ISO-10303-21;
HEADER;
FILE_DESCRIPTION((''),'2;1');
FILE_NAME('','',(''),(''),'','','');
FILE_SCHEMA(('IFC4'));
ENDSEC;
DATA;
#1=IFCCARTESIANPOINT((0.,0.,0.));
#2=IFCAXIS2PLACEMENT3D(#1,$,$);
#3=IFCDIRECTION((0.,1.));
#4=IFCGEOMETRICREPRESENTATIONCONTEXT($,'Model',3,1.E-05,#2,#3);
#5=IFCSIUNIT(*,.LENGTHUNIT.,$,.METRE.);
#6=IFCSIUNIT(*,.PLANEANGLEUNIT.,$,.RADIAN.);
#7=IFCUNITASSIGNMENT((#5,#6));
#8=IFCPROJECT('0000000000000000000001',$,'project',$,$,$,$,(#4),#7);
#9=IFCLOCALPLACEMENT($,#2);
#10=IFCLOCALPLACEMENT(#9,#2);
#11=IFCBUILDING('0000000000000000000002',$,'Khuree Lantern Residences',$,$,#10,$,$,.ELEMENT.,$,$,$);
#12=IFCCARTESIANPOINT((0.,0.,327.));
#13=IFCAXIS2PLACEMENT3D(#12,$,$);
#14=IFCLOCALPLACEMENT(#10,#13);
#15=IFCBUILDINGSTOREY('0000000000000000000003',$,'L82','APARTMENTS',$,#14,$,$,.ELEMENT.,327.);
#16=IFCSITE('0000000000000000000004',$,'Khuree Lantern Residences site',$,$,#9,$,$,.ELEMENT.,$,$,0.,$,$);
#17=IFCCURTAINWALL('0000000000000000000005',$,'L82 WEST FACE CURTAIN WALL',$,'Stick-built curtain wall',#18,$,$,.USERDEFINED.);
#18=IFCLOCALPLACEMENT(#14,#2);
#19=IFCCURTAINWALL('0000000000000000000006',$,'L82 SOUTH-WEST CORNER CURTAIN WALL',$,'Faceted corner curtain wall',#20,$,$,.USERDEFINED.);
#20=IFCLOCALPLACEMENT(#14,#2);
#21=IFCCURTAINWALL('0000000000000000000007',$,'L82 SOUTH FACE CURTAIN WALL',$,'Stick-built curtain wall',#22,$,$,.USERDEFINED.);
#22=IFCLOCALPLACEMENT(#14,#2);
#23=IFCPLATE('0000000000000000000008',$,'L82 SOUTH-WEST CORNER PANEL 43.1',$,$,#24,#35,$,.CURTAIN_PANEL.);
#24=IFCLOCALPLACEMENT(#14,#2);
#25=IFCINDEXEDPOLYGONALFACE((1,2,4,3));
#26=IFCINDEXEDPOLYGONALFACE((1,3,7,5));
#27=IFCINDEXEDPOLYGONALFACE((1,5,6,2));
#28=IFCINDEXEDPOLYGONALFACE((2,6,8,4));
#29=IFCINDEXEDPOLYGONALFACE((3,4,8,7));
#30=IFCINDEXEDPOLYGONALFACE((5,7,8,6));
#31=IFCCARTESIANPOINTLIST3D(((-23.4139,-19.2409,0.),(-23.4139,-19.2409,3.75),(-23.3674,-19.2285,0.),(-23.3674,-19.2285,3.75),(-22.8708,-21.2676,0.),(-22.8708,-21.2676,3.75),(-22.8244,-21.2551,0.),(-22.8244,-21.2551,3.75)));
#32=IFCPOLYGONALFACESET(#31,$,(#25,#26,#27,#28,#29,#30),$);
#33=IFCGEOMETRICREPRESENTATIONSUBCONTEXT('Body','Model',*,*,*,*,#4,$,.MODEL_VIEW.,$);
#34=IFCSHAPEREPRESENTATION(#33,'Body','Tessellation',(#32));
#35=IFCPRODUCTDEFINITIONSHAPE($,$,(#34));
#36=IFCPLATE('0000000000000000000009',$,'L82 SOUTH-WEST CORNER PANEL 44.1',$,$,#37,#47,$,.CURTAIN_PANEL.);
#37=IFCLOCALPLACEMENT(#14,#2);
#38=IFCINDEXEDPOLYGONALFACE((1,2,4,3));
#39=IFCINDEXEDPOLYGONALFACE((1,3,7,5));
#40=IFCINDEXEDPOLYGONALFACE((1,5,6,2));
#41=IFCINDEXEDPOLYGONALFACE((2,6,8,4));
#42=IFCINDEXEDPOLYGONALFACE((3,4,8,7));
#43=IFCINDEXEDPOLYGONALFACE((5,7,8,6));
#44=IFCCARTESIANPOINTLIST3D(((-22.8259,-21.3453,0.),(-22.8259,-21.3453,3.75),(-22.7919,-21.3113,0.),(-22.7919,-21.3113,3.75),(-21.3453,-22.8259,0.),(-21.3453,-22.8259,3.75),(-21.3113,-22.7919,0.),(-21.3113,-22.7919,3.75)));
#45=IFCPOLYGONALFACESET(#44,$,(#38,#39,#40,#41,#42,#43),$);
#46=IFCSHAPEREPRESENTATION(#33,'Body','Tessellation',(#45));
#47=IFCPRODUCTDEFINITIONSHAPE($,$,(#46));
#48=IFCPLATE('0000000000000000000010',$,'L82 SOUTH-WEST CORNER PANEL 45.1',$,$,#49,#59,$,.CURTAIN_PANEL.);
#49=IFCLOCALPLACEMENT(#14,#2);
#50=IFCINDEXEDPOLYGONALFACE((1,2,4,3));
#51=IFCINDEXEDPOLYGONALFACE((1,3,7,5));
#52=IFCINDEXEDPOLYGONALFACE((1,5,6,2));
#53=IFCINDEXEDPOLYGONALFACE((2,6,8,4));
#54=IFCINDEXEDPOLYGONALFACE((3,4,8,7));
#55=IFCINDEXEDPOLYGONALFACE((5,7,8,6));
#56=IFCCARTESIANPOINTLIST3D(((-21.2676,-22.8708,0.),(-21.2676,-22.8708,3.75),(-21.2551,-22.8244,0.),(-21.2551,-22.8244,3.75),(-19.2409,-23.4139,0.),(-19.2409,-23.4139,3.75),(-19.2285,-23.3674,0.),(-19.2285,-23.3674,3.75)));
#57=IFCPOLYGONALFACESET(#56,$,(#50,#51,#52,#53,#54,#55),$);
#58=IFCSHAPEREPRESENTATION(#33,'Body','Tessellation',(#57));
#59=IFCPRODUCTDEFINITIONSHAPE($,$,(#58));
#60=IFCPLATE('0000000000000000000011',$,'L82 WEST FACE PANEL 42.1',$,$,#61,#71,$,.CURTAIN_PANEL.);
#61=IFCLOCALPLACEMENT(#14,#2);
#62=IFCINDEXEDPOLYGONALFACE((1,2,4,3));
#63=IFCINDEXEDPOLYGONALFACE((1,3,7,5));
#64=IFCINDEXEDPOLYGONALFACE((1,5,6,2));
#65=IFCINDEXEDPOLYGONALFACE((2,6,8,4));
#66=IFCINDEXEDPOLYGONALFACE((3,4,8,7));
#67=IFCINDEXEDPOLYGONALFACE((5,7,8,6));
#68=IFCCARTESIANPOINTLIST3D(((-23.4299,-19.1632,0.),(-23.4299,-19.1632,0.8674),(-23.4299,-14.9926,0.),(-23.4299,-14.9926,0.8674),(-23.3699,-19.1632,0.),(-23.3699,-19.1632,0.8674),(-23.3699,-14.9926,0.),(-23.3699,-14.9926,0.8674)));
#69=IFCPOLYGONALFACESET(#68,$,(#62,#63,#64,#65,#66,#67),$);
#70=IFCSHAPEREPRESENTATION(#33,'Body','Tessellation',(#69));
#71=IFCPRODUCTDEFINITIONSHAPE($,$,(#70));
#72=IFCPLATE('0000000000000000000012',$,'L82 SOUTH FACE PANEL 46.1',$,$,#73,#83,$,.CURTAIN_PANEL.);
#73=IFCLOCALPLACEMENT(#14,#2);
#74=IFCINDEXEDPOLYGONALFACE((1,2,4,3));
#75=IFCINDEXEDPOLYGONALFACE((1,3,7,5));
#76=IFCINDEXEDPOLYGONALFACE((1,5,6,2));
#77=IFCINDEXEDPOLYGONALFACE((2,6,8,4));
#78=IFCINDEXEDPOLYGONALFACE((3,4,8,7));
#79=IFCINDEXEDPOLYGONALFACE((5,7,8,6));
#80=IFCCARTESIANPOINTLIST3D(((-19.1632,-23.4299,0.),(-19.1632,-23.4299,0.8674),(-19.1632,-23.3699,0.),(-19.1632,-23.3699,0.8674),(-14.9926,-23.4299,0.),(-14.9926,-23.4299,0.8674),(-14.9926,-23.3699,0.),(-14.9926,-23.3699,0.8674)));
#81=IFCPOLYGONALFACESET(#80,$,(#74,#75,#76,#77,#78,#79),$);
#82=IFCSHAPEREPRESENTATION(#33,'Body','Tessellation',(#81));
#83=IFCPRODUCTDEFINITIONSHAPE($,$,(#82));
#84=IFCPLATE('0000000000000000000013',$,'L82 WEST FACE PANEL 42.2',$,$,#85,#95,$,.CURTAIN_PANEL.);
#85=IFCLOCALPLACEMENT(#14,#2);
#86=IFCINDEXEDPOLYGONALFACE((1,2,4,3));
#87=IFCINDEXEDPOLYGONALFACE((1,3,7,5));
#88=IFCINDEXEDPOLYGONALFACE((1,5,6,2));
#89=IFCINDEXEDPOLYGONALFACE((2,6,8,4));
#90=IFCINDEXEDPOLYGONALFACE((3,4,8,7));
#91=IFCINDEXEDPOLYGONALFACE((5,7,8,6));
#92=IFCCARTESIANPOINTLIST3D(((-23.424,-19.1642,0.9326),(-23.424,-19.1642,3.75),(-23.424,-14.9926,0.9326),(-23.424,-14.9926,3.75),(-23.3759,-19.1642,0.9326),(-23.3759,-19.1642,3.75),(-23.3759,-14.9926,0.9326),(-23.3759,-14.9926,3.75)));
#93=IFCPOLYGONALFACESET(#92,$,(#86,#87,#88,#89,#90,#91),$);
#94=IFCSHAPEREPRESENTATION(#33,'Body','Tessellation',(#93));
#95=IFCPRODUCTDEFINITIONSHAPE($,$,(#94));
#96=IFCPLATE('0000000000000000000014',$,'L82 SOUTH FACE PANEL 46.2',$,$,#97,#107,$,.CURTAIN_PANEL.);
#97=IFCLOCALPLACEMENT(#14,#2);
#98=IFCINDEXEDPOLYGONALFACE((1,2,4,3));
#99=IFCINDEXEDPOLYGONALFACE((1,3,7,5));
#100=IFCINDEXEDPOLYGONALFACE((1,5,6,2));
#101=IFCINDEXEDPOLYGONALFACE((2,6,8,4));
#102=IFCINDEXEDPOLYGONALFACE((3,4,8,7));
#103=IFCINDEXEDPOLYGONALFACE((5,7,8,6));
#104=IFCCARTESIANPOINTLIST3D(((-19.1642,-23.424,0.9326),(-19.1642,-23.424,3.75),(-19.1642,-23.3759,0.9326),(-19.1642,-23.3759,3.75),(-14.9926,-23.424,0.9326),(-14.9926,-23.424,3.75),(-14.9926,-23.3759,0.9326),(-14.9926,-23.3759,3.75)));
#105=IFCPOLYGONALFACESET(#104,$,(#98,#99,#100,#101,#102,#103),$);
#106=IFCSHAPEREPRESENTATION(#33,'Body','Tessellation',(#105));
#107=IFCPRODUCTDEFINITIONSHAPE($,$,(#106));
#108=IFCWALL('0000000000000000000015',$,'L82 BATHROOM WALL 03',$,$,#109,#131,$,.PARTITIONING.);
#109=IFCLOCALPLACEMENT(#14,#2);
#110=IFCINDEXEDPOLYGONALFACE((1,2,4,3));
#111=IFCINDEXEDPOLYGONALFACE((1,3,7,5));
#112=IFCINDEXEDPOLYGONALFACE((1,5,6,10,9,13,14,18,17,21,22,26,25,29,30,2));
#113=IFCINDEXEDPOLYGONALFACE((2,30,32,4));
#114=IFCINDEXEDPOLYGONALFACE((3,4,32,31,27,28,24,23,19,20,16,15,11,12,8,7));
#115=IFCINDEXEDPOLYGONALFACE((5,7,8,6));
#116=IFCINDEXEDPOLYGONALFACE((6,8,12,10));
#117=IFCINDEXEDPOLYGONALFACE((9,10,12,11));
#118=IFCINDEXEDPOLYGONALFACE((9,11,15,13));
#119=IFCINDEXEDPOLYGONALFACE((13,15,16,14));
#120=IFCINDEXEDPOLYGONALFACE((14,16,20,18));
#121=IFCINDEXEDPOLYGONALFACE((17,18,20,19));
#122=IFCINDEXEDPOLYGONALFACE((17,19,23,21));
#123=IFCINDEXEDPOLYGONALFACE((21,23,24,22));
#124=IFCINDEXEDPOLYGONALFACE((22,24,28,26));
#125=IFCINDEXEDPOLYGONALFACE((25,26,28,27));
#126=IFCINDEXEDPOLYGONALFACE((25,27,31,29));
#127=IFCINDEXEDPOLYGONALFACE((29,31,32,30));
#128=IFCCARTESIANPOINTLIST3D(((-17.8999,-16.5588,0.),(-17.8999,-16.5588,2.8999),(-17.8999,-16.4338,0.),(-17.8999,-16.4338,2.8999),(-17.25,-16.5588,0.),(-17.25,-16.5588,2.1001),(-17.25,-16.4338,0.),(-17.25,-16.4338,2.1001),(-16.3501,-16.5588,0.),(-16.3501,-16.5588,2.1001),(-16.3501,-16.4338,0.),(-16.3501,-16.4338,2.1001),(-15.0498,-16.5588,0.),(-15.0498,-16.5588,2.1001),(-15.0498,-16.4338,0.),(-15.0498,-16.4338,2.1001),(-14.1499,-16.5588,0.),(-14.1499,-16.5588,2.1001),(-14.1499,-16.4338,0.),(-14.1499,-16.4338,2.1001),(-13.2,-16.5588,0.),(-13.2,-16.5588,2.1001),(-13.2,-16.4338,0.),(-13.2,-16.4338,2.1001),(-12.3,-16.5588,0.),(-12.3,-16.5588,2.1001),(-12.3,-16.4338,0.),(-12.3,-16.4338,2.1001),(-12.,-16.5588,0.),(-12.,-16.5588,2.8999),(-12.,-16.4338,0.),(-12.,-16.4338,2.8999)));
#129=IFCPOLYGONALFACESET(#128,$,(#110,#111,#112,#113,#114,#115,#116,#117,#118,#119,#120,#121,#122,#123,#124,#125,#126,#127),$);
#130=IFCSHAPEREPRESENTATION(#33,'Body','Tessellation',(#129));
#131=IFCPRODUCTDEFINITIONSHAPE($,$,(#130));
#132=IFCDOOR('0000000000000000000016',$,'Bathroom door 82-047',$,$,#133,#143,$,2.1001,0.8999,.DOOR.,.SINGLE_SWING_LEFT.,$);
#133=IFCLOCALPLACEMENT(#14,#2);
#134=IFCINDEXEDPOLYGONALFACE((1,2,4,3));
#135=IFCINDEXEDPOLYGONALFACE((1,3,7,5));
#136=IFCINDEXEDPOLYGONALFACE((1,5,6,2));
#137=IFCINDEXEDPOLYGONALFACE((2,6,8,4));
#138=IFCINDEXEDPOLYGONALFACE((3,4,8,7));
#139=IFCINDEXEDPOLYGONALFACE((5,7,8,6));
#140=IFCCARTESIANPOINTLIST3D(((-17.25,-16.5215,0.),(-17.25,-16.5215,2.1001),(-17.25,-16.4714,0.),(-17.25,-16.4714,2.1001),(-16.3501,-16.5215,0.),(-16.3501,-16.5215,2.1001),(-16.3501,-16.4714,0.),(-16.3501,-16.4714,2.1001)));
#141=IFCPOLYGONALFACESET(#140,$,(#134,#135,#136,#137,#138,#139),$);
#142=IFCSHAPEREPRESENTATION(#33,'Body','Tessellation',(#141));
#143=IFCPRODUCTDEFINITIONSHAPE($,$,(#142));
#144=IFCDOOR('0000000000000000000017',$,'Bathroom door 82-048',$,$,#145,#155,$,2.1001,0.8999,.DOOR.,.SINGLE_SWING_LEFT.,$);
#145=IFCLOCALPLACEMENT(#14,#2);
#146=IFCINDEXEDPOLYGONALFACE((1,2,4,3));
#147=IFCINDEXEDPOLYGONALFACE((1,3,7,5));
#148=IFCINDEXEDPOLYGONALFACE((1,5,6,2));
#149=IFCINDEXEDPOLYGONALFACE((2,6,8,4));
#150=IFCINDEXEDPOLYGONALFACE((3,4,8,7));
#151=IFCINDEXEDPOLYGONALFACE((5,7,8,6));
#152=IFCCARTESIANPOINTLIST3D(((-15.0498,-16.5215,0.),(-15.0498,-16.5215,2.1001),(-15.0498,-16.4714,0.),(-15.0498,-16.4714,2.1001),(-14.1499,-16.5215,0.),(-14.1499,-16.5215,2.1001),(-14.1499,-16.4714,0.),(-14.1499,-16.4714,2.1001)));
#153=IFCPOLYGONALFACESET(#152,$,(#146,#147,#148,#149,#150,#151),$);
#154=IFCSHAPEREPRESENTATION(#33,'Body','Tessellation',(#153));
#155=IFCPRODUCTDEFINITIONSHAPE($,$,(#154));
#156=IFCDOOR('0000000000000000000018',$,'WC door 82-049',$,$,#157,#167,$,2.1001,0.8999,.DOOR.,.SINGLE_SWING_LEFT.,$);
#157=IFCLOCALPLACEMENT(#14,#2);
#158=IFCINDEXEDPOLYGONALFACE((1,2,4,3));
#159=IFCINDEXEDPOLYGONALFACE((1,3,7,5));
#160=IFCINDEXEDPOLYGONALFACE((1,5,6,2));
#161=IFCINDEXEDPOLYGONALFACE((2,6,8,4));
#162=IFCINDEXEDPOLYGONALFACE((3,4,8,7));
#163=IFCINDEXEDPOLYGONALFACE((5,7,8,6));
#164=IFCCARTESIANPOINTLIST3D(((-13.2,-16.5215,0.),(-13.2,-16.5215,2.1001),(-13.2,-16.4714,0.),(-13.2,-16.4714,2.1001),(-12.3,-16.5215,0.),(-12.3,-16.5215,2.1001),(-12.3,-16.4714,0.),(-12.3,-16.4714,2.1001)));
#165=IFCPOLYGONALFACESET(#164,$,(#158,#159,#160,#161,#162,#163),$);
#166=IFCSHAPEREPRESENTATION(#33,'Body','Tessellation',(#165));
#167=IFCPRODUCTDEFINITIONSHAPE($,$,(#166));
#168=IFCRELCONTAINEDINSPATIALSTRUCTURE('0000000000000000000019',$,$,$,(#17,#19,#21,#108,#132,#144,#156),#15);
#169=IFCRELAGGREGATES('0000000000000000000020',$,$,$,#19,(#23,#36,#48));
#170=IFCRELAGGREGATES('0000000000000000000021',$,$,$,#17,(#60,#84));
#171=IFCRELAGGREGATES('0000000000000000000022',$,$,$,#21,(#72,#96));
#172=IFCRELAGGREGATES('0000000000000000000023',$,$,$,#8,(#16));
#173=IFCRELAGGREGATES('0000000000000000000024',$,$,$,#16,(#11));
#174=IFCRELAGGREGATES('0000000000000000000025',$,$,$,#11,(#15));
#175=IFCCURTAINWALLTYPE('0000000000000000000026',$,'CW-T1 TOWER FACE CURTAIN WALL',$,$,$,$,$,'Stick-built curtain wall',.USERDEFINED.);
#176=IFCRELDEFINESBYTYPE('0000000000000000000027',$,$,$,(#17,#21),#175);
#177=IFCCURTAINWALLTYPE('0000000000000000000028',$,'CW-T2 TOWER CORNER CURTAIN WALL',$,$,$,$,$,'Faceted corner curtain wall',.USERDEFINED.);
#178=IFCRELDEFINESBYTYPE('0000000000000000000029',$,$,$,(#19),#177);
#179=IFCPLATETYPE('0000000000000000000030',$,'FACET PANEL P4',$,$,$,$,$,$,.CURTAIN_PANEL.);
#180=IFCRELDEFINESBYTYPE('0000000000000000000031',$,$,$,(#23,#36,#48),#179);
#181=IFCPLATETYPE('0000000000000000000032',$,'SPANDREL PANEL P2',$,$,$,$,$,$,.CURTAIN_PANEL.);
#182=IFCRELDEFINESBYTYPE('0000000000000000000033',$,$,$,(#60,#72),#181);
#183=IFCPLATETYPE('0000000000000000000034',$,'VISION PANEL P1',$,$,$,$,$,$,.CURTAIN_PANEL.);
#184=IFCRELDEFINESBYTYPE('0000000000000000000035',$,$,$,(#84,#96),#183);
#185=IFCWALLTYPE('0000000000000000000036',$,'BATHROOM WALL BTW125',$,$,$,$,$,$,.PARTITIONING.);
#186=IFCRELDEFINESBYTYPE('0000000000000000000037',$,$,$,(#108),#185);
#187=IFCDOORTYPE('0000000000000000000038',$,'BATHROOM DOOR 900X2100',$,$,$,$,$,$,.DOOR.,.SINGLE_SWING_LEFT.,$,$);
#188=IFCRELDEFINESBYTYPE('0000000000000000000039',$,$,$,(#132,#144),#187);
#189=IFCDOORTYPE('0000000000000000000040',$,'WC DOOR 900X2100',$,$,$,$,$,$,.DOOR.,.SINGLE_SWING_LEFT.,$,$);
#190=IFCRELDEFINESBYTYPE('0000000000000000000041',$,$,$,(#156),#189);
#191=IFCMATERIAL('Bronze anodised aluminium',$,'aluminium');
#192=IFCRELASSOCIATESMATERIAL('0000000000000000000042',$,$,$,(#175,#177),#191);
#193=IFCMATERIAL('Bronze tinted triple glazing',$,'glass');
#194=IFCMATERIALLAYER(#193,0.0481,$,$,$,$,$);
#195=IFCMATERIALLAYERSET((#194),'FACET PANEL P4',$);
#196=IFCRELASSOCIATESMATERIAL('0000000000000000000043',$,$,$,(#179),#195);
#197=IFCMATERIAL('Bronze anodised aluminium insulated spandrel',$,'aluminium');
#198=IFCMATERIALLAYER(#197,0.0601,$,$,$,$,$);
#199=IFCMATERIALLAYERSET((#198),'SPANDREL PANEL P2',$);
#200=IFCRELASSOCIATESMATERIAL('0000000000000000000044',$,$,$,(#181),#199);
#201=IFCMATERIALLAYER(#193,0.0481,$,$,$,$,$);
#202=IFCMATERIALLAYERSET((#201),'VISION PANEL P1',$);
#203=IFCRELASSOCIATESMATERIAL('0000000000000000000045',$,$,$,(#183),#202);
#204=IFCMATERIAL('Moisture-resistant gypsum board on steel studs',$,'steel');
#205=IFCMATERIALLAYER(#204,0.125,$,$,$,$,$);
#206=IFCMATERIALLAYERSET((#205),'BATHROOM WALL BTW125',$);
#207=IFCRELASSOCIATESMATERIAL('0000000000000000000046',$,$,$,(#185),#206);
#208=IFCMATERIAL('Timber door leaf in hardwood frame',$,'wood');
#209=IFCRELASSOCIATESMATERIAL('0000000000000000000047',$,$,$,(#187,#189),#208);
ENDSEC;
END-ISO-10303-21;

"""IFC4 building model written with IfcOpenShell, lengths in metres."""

from ifc_helpers import new_model, si_unit, direction, frame, frame_2d, origin, origin_2d, place, context, subcontext, project, spatial, rectangle, extrude, material, layer, layer_set, type_object, element, fill, aggregate, save


model = new_model("IFC4")

# Units and contexts
model_context = context("Model", 3, precision=1e-05, world=origin(), true_north=direction((0.0, 1.0)))
body_context = subcontext(model_context, "Body", "Model", "MODEL_VIEW")
ifc_project = project(units=[si_unit("LENGTHUNIT", "METRE"), si_unit("PLANEANGLEUNIT", "RADIAN")], contexts=[model_context])

# Site, building, storey
site_placement = place(None, origin())
site = spatial("IfcSite", under=ifc_project, at=site_placement, Name="Khuree Lantern Residences site", CompositionType="ELEMENT", RefElevation=0.0)
building_placement = place(site_placement, origin())
building = spatial("IfcBuilding", under=site, at=building_placement, Name="Khuree Lantern Residences", CompositionType="ELEMENT")
storey_placement = place(building_placement, frame((0.0, 0.0, 327.0)))
storey = spatial("IfcBuildingStorey", under=building, at=storey_placement, Name="L82", Description="APARTMENTS", CompositionType="ELEMENT", Elevation=327.0)

# Curtain walls
ifc_material_1 = material(Name="Bronze anodised aluminium", Category="aluminium")
curtain_wall_type_1 = type_object("IfcCurtainWallType", Name="CW-T1 TOWER FACE CURTAIN WALL", ElementType="Stick-built curtain wall", PredefinedType="USERDEFINED", material=ifc_material_1)
curtain_wall_1_placement = place(storey_placement, origin())
curtain_wall_1 = element("IfcCurtainWall", 1, at=curtain_wall_1_placement, inside=storey, type_object=curtain_wall_type_1, Name="L82 WEST FACE CURTAIN WALL", ObjectType="Stick-built curtain wall", PredefinedType="USERDEFINED")
curtain_wall_type_2 = type_object("IfcCurtainWallType", Name="CW-T2 TOWER CORNER CURTAIN WALL", ElementType="Faceted corner curtain wall", PredefinedType="USERDEFINED", material=ifc_material_1)
curtain_wall_2_placement = place(storey_placement, origin())
curtain_wall_2 = element("IfcCurtainWall", 2, at=curtain_wall_2_placement, inside=storey, type_object=curtain_wall_type_2, Name="L82 SOUTH-WEST CORNER CURTAIN WALL", ObjectType="Faceted corner curtain wall", PredefinedType="USERDEFINED")

# Curtain wall
curtain_wall_3_placement = place(storey_placement, origin())
curtain_wall_3 = element("IfcCurtainWall", 3, at=curtain_wall_3_placement, inside=storey, type_object=curtain_wall_type_1, Name="L82 SOUTH FACE CURTAIN WALL", ObjectType="Stick-built curtain wall", PredefinedType="USERDEFINED")

# Plates
ifc_material_2 = material(Name="Bronze tinted triple glazing", Category="glass")
ifc_layer_1 = layer(ifc_material_2, 0.0481)
ifc_layer_set_1 = layer_set([ifc_layer_1], Name="FACET PANEL P4")
plate_type_1 = type_object("IfcPlateType", Name="FACET PANEL P4", PredefinedType="CURTAIN_PANEL", material=ifc_layer_set_1)
plate_1_placement = place(storey_placement, frame((-23.1191, -20.248, 0.0), z_axis=(0.0, 0.0, 1.0), x_axis=(0.258819, -0.965926, 0.0)))
plate_1 = element("IfcPlate", 4, at=plate_1_placement, type_object=plate_type_1, Name="L82 SOUTH-WEST CORNER PANEL 43.1", PredefinedType="CURTAIN_PANEL", context=body_context, shape_type="SweptSolid", body=[
    extrude(rectangle(XDim=2.0981, YDim=0.0481, at=origin_2d()), origin(), (0.0, 0.0, 1.0), 3.75),
])
plate_2_placement = place(storey_placement, frame((-22.0686, -22.0686, 0.0), z_axis=(0.0, 0.0, 1.0), x_axis=(0.707107, -0.707107, 0.0)))
plate_2 = element("IfcPlate", 5, at=plate_2_placement, type_object=plate_type_1, Name="L82 SOUTH-WEST CORNER PANEL 44.1", PredefinedType="CURTAIN_PANEL", context=body_context, shape_type="SweptSolid", body=[
    extrude(rectangle(XDim=2.094, YDim=0.0481, at=origin_2d()), origin(), (0.0, 0.0, 1.0), 3.75),
])
plate_3_placement = place(storey_placement, frame((-20.248, -23.1191, 0.0), z_axis=(0.0, 0.0, 1.0), x_axis=(0.965926, -0.258819, 0.0)))
plate_3 = element("IfcPlate", 6, at=plate_3_placement, type_object=plate_type_1, Name="L82 SOUTH-WEST CORNER PANEL 45.1", PredefinedType="CURTAIN_PANEL", context=body_context, shape_type="SweptSolid", body=[
    extrude(rectangle(XDim=2.0981, YDim=0.0481, at=origin_2d()), origin(), (0.0, 0.0, 1.0), 3.75),
])
aggregate(curtain_wall_2, [plate_1, plate_2, plate_3])
ifc_material_3 = material(Name="Bronze anodised aluminium insulated spandrel", Category="aluminium")
ifc_layer_2 = layer(ifc_material_3, 0.0601)
ifc_layer_set_2 = layer_set([ifc_layer_2], Name="SPANDREL PANEL P2")
plate_type_2 = type_object("IfcPlateType", Name="SPANDREL PANEL P2", PredefinedType="CURTAIN_PANEL", material=ifc_layer_set_2)
plate_4_placement = place(storey_placement, frame((-23.3999, -17.0779, 0.0), z_axis=(0.0, 0.0, 1.0), x_axis=(0.0, -1.0, 0.0)))
plate_4 = element("IfcPlate", 7, at=plate_4_placement, type_object=plate_type_2, Name="L82 WEST FACE PANEL 42.1", PredefinedType="CURTAIN_PANEL", context=body_context, shape_type="SweptSolid", body=[
    extrude(rectangle(XDim=4.1707, YDim=0.0601, at=origin_2d()), origin(), (0.0, 0.0, 1.0), 0.8674),
])
plate_5_placement = place(storey_placement, frame((-17.0779, -23.3999, 0.0), z_axis=(0.0, 0.0, 1.0), x_axis=(1.0, 0.0, 0.0)))
plate_5 = element("IfcPlate", 8, at=plate_5_placement, type_object=plate_type_2, Name="L82 SOUTH FACE PANEL 46.1", PredefinedType="CURTAIN_PANEL", context=body_context, shape_type="SweptSolid", body=[
    extrude(rectangle(XDim=4.1707, YDim=0.0601, at=origin_2d()), origin(), (0.0, 0.0, 1.0), 0.8674),
])
ifc_layer_3 = layer(ifc_material_2, 0.0481)
ifc_layer_set_3 = layer_set([ifc_layer_3], Name="VISION PANEL P1")
plate_type_3 = type_object("IfcPlateType", Name="VISION PANEL P1", PredefinedType="CURTAIN_PANEL", material=ifc_layer_set_3)
plate_6_placement = place(storey_placement, frame((-23.3999, -17.0784, 0.9326), z_axis=(0.0, 0.0, 1.0), x_axis=(0.0, -1.0, 0.0)))
plate_6 = element("IfcPlate", 9, at=plate_6_placement, type_object=plate_type_3, Name="L82 WEST FACE PANEL 42.2", PredefinedType="CURTAIN_PANEL", context=body_context, shape_type="SweptSolid", body=[
    extrude(rectangle(XDim=4.1716, YDim=0.0481, at=origin_2d()), origin(), (0.0, 0.0, 1.0), 2.8174),
])
aggregate(curtain_wall_1, [plate_4, plate_6])
plate_7_placement = place(storey_placement, frame((-17.0784, -23.3999, 0.9326), z_axis=(0.0, 0.0, 1.0), x_axis=(1.0, 0.0, 0.0)))
plate_7 = element("IfcPlate", 10, at=plate_7_placement, type_object=plate_type_3, Name="L82 SOUTH FACE PANEL 46.2", PredefinedType="CURTAIN_PANEL", context=body_context, shape_type="SweptSolid", body=[
    extrude(rectangle(XDim=4.1716, YDim=0.0481, at=origin_2d()), origin(), (0.0, 0.0, 1.0), 2.8174),
])
aggregate(curtain_wall_3, [plate_5, plate_7])

# Wall, openings, doors
ifc_material_4 = material(Name="Moisture-resistant gypsum board on steel studs", Category="steel")
ifc_layer_4 = layer(ifc_material_4, 0.125)
ifc_layer_set_4 = layer_set([ifc_layer_4], Name="BATHROOM WALL BTW125")
wall_type = type_object("IfcWallType", Name="BATHROOM WALL BTW125", PredefinedType="PARTITIONING", material=ifc_layer_set_4)
wall_placement = place(storey_placement, frame((-17.8999, -16.4963, 0.0), z_axis=(0.0, 0.0, 1.0), x_axis=(1.0, 0.0, 0.0)))
wall = element("IfcWall", 11, at=wall_placement, inside=storey, type_object=wall_type, Name="L82 BATHROOM WALL 03", PredefinedType="PARTITIONING", context=body_context, shape_type="SweptSolid", body=[
    extrude(rectangle(XDim=5.8999, YDim=0.125, at=frame_2d((2.95, 0.0))), origin(), (0.0, 0.0, 1.0), 2.8999),
])
opening_1_placement = place(wall_placement, frame((0.6499, 0.0, 0.0)))
opening_1 = element("IfcOpeningElement", 12, at=opening_1_placement, cuts=wall, PredefinedType="OPENING", context=body_context, shape_type="SweptSolid", body=[
    extrude(rectangle(XDim=0.8999, YDim=2.1001, at=frame_2d((0.45, 1.05))), frame((0.0, 0.0725, 0.0), z_axis=(0.0, -1.0, 0.0), x_axis=(1.0, 0.0, 0.0)), (0.0, 0.0, 1.0), 0.145),
])
opening_2_placement = place(wall_placement, frame((2.8501, 0.0, 0.0)))
opening_2 = element("IfcOpeningElement", 13, at=opening_2_placement, cuts=wall, PredefinedType="OPENING", context=body_context, shape_type="SweptSolid", body=[
    extrude(rectangle(XDim=0.8999, YDim=2.1001, at=frame_2d((0.45, 1.05))), frame((0.0, 0.0725, 0.0), z_axis=(0.0, -1.0, 0.0), x_axis=(1.0, 0.0, 0.0)), (0.0, 0.0, 1.0), 0.145),
])
opening_3_placement = place(wall_placement, frame((4.7, 0.0, 0.0)))
opening_3 = element("IfcOpeningElement", 14, at=opening_3_placement, cuts=wall, PredefinedType="OPENING", context=body_context, shape_type="SweptSolid", body=[
    extrude(rectangle(XDim=0.8999, YDim=2.1001, at=frame_2d((0.45, 1.05))), frame((0.0, 0.0725, 0.0), z_axis=(0.0, -1.0, 0.0), x_axis=(1.0, 0.0, 0.0)), (0.0, 0.0, 1.0), 0.145),
])
ifc_material_5 = material(Name="Timber door leaf in hardwood frame", Category="wood")
door_type_1 = type_object("IfcDoorType", Name="BATHROOM DOOR 900X2100", OperationType="SINGLE_SWING_LEFT", PredefinedType="DOOR", material=ifc_material_5)
door_1_placement = place(opening_1_placement, origin())
door_1 = element("IfcDoor", 15, at=door_1_placement, inside=storey, type_object=door_type_1, Name="Bathroom door 82-047", OperationType="SINGLE_SWING_LEFT", OverallHeight=2.1001, OverallWidth=0.8999, PredefinedType="DOOR", context=body_context, shape_type="SweptSolid", body=[
    extrude(rectangle(XDim=0.8999, YDim=2.1001, at=frame_2d((0.45, 1.05))), frame((0.0, 0.0249, 0.0), z_axis=(0.0, -1.0, 0.0), x_axis=(1.0, 0.0, 0.0)), (0.0, 0.0, 1.0), 0.05),
])
fill(opening_1, door_1)
door_2_placement = place(opening_2_placement, origin())
door_2 = element("IfcDoor", 16, at=door_2_placement, inside=storey, type_object=door_type_1, Name="Bathroom door 82-048", OperationType="SINGLE_SWING_LEFT", OverallHeight=2.1001, OverallWidth=0.8999, PredefinedType="DOOR", context=body_context, shape_type="SweptSolid", body=[
    extrude(rectangle(XDim=0.8999, YDim=2.1001, at=frame_2d((0.45, 1.05))), frame((0.0, 0.0249, 0.0), z_axis=(0.0, -1.0, 0.0), x_axis=(1.0, 0.0, 0.0)), (0.0, 0.0, 1.0), 0.05),
])
fill(opening_2, door_2)
door_type_2 = type_object("IfcDoorType", Name="WC DOOR 900X2100", OperationType="SINGLE_SWING_LEFT", PredefinedType="DOOR", material=ifc_material_5)
door_3_placement = place(opening_3_placement, origin())
door_3 = element("IfcDoor", 17, at=door_3_placement, inside=storey, type_object=door_type_2, Name="WC door 82-049", OperationType="SINGLE_SWING_LEFT", OverallHeight=2.1001, OverallWidth=0.8999, PredefinedType="DOOR", context=body_context, shape_type="SweptSolid", body=[
    extrude(rectangle(XDim=0.8999, YDim=2.1001, at=frame_2d((0.45, 1.05))), frame((0.0, 0.0249, 0.0), z_axis=(0.0, -1.0, 0.0), x_axis=(1.0, 0.0, 0.0)), (0.0, 0.0, 1.0), 0.05),
])
fill(opening_3, door_3)

save(model, "model.ifc")
